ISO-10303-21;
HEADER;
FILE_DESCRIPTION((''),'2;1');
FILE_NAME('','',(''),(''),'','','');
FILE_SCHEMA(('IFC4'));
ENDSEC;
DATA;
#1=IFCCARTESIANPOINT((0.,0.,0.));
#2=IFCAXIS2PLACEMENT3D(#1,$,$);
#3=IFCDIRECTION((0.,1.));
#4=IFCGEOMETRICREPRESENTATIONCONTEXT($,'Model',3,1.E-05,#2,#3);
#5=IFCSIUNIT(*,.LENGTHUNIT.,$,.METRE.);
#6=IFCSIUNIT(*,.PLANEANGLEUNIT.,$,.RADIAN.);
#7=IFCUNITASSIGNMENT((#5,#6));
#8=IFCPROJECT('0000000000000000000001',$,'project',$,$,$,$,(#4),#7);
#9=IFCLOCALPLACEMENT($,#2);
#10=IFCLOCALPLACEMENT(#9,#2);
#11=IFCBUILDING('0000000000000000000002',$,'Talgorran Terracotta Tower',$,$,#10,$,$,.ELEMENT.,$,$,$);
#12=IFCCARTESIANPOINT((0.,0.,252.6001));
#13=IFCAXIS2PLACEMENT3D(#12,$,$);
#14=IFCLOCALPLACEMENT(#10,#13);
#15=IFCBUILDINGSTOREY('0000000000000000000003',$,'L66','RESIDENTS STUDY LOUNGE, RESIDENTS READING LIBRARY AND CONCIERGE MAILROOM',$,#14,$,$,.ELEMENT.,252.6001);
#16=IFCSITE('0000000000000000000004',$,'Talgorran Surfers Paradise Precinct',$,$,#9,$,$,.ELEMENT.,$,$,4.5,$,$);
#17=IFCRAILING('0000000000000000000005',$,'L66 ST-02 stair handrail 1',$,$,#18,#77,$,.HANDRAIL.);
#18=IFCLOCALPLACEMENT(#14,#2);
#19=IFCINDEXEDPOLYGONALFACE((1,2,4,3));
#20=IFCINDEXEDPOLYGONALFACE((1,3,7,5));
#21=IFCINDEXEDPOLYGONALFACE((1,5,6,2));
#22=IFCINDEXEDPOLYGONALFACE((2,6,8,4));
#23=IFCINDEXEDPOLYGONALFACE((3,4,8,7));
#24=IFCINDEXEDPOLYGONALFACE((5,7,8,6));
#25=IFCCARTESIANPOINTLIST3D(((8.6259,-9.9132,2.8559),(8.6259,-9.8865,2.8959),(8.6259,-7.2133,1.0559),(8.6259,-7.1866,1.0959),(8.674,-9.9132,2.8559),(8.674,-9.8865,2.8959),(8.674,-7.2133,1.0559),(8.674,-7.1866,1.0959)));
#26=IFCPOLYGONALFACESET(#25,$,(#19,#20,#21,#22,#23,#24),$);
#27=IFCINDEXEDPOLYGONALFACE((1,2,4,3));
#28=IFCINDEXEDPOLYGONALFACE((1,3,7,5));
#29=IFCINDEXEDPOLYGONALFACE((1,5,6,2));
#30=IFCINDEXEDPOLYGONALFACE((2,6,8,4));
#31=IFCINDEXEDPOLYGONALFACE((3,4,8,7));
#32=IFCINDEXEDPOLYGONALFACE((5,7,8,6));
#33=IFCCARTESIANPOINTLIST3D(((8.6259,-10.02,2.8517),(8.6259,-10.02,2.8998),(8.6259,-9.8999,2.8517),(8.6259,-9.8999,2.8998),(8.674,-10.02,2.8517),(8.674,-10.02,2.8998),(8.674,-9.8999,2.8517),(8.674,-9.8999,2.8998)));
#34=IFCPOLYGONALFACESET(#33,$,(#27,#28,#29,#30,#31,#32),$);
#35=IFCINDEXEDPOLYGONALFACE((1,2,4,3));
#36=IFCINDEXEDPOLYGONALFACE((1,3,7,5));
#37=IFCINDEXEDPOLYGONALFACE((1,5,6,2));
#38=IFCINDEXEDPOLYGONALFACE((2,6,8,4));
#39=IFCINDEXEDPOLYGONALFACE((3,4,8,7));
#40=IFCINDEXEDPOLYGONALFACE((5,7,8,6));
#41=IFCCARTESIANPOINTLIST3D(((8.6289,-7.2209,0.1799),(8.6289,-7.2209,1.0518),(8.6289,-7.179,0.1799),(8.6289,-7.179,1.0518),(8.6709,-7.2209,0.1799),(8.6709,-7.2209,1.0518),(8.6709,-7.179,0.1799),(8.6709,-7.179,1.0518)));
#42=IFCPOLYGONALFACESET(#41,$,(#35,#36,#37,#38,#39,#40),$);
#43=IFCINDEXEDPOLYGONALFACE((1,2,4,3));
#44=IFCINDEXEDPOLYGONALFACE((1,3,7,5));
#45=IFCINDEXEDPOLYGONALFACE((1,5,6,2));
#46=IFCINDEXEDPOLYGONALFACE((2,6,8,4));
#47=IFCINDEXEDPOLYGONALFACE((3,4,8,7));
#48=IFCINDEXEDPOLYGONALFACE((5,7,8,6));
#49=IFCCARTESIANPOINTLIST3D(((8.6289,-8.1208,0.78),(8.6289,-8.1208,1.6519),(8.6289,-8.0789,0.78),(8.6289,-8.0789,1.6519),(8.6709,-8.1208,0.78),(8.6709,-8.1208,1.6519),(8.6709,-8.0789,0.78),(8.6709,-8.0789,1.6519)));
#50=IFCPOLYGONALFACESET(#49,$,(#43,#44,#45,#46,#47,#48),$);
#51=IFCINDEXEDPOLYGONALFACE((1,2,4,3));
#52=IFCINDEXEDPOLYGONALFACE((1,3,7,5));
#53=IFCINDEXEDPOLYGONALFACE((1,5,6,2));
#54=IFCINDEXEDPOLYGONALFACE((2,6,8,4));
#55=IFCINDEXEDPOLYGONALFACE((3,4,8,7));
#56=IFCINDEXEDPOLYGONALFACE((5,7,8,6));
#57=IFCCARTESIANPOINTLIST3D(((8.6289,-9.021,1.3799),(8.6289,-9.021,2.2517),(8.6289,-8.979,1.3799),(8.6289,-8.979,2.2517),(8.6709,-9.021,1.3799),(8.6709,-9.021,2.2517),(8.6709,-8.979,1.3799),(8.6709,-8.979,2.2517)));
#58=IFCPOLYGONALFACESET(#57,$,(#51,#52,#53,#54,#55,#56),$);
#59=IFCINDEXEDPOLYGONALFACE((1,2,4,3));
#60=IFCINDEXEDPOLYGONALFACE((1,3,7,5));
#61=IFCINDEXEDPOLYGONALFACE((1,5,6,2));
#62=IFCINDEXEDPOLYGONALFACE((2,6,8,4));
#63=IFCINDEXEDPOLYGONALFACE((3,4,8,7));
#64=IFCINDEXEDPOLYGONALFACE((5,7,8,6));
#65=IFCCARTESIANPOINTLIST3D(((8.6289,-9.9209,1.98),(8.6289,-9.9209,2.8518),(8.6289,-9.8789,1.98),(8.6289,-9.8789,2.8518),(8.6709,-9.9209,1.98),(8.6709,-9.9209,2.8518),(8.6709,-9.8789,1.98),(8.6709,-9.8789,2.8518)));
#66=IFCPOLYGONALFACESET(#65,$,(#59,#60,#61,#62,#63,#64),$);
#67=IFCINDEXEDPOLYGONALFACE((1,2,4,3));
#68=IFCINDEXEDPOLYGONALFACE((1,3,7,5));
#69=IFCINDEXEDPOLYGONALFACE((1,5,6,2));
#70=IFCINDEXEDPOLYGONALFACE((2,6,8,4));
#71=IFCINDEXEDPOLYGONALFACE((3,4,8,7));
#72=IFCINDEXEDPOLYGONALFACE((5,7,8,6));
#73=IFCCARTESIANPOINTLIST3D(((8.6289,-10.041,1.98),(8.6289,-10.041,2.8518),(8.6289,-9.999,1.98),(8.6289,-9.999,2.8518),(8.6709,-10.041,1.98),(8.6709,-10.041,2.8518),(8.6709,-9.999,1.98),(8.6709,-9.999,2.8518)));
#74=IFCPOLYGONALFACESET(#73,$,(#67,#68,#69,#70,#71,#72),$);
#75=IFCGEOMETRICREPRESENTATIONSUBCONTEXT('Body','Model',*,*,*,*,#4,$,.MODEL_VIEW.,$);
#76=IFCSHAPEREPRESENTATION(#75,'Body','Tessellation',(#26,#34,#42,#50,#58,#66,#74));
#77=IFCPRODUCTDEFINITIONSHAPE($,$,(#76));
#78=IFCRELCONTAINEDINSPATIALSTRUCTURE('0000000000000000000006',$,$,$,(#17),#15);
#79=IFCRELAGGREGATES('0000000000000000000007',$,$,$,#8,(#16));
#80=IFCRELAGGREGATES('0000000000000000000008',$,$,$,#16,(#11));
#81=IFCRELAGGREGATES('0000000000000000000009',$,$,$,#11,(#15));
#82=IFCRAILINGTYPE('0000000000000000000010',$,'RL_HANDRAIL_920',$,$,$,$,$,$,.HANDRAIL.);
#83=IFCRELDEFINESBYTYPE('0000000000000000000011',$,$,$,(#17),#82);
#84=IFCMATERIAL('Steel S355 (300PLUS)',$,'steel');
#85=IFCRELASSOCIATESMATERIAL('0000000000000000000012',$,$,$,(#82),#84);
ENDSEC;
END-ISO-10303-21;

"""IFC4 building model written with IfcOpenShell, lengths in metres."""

from ifc_helpers import new_model, si_unit, direction, frame, origin, origin_2d, place, context, subcontext, project, spatial, rectangle, extrude, material, type_object, element, save


model = new_model("IFC4")

# Units and contexts
model_context = context("Model", 3, precision=1e-05, world=origin(), true_north=direction((0.0, 1.0)))
body_context = subcontext(model_context, "Body", "Model", "MODEL_VIEW")
ifc_project = project(units=[si_unit("LENGTHUNIT", "METRE"), si_unit("PLANEANGLEUNIT", "RADIAN")], contexts=[model_context])

# Site, building, storey
site_placement = place(None, origin())
site = spatial("IfcSite", under=ifc_project, at=site_placement, Name="Talgorran Surfers Paradise Precinct", CompositionType="ELEMENT", RefElevation=4.5)
building_placement = place(site_placement, origin())
building = spatial("IfcBuilding", under=site, at=building_placement, Name="Talgorran Terracotta Tower", CompositionType="ELEMENT")
storey_placement = place(building_placement, frame((0.0, 0.0, 252.6001)))
storey = spatial("IfcBuildingStorey", under=building, at=storey_placement, Name="L66", Description="RESIDENTS STUDY LOUNGE, RESIDENTS READING LIBRARY AND CONCIERGE MAILROOM", CompositionType="ELEMENT", Elevation=252.6001)

# Shared definitions
ifc_material_1 = material(Name="Steel S355 (300PLUS)", Category="steel")

# Railing
railing_type = type_object("IfcRailingType", Name="RL_HANDRAIL_920", PredefinedType="HANDRAIL", material=ifc_material_1)
railing_placement = place(storey_placement, frame((8.6499, -7.2, 0.1799)))
element("IfcRailing", 1, at=railing_placement, inside=storey, type_object=railing_type, Name="L66 ST-02 stair handrail 1", PredefinedType="HANDRAIL", context=body_context, shape_type="SweptSolid", body=[
    extrude(rectangle(XDim=0.0481, YDim=0.0481, at=origin_2d()), frame((0.0, 0.0, 0.896), z_axis=(0.0, -0.832039, 0.554718), x_axis=(1.0, 0.0, 0.0)), (0.0, 0.0, 1.0), 3.2449),
    extrude(rectangle(XDim=0.0481, YDim=0.0481, at=origin_2d()), frame((0.0, -2.7, 2.6958), z_axis=(0.0, -1.0, 0.0), x_axis=(1.0, 0.0, 0.0)), (0.0, 0.0, 1.0), 0.1201),
    extrude(rectangle(XDim=0.042, YDim=0.042, at=origin_2d()), origin(), (0.0, 0.0, 1.0), 0.8718),
    extrude(rectangle(XDim=0.042, YDim=0.042, at=origin_2d()), frame((0.0, -0.8999, 0.6001)), (0.0, 0.0, 1.0), 0.8718),
    extrude(rectangle(XDim=0.042, YDim=0.042, at=origin_2d()), frame((0.0, -1.8, 1.2)), (0.0, 0.0, 1.0), 0.8718),
    extrude(rectangle(XDim=0.042, YDim=0.042, at=origin_2d()), frame((0.0, -2.7, 1.8)), (0.0, 0.0, 1.0), 0.8718),
    extrude(rectangle(XDim=0.042, YDim=0.042, at=origin_2d()), frame((0.0, -2.8201, 1.8)), (0.0, 0.0, 1.0), 0.8718),
])

save(model, "model.ifc")
